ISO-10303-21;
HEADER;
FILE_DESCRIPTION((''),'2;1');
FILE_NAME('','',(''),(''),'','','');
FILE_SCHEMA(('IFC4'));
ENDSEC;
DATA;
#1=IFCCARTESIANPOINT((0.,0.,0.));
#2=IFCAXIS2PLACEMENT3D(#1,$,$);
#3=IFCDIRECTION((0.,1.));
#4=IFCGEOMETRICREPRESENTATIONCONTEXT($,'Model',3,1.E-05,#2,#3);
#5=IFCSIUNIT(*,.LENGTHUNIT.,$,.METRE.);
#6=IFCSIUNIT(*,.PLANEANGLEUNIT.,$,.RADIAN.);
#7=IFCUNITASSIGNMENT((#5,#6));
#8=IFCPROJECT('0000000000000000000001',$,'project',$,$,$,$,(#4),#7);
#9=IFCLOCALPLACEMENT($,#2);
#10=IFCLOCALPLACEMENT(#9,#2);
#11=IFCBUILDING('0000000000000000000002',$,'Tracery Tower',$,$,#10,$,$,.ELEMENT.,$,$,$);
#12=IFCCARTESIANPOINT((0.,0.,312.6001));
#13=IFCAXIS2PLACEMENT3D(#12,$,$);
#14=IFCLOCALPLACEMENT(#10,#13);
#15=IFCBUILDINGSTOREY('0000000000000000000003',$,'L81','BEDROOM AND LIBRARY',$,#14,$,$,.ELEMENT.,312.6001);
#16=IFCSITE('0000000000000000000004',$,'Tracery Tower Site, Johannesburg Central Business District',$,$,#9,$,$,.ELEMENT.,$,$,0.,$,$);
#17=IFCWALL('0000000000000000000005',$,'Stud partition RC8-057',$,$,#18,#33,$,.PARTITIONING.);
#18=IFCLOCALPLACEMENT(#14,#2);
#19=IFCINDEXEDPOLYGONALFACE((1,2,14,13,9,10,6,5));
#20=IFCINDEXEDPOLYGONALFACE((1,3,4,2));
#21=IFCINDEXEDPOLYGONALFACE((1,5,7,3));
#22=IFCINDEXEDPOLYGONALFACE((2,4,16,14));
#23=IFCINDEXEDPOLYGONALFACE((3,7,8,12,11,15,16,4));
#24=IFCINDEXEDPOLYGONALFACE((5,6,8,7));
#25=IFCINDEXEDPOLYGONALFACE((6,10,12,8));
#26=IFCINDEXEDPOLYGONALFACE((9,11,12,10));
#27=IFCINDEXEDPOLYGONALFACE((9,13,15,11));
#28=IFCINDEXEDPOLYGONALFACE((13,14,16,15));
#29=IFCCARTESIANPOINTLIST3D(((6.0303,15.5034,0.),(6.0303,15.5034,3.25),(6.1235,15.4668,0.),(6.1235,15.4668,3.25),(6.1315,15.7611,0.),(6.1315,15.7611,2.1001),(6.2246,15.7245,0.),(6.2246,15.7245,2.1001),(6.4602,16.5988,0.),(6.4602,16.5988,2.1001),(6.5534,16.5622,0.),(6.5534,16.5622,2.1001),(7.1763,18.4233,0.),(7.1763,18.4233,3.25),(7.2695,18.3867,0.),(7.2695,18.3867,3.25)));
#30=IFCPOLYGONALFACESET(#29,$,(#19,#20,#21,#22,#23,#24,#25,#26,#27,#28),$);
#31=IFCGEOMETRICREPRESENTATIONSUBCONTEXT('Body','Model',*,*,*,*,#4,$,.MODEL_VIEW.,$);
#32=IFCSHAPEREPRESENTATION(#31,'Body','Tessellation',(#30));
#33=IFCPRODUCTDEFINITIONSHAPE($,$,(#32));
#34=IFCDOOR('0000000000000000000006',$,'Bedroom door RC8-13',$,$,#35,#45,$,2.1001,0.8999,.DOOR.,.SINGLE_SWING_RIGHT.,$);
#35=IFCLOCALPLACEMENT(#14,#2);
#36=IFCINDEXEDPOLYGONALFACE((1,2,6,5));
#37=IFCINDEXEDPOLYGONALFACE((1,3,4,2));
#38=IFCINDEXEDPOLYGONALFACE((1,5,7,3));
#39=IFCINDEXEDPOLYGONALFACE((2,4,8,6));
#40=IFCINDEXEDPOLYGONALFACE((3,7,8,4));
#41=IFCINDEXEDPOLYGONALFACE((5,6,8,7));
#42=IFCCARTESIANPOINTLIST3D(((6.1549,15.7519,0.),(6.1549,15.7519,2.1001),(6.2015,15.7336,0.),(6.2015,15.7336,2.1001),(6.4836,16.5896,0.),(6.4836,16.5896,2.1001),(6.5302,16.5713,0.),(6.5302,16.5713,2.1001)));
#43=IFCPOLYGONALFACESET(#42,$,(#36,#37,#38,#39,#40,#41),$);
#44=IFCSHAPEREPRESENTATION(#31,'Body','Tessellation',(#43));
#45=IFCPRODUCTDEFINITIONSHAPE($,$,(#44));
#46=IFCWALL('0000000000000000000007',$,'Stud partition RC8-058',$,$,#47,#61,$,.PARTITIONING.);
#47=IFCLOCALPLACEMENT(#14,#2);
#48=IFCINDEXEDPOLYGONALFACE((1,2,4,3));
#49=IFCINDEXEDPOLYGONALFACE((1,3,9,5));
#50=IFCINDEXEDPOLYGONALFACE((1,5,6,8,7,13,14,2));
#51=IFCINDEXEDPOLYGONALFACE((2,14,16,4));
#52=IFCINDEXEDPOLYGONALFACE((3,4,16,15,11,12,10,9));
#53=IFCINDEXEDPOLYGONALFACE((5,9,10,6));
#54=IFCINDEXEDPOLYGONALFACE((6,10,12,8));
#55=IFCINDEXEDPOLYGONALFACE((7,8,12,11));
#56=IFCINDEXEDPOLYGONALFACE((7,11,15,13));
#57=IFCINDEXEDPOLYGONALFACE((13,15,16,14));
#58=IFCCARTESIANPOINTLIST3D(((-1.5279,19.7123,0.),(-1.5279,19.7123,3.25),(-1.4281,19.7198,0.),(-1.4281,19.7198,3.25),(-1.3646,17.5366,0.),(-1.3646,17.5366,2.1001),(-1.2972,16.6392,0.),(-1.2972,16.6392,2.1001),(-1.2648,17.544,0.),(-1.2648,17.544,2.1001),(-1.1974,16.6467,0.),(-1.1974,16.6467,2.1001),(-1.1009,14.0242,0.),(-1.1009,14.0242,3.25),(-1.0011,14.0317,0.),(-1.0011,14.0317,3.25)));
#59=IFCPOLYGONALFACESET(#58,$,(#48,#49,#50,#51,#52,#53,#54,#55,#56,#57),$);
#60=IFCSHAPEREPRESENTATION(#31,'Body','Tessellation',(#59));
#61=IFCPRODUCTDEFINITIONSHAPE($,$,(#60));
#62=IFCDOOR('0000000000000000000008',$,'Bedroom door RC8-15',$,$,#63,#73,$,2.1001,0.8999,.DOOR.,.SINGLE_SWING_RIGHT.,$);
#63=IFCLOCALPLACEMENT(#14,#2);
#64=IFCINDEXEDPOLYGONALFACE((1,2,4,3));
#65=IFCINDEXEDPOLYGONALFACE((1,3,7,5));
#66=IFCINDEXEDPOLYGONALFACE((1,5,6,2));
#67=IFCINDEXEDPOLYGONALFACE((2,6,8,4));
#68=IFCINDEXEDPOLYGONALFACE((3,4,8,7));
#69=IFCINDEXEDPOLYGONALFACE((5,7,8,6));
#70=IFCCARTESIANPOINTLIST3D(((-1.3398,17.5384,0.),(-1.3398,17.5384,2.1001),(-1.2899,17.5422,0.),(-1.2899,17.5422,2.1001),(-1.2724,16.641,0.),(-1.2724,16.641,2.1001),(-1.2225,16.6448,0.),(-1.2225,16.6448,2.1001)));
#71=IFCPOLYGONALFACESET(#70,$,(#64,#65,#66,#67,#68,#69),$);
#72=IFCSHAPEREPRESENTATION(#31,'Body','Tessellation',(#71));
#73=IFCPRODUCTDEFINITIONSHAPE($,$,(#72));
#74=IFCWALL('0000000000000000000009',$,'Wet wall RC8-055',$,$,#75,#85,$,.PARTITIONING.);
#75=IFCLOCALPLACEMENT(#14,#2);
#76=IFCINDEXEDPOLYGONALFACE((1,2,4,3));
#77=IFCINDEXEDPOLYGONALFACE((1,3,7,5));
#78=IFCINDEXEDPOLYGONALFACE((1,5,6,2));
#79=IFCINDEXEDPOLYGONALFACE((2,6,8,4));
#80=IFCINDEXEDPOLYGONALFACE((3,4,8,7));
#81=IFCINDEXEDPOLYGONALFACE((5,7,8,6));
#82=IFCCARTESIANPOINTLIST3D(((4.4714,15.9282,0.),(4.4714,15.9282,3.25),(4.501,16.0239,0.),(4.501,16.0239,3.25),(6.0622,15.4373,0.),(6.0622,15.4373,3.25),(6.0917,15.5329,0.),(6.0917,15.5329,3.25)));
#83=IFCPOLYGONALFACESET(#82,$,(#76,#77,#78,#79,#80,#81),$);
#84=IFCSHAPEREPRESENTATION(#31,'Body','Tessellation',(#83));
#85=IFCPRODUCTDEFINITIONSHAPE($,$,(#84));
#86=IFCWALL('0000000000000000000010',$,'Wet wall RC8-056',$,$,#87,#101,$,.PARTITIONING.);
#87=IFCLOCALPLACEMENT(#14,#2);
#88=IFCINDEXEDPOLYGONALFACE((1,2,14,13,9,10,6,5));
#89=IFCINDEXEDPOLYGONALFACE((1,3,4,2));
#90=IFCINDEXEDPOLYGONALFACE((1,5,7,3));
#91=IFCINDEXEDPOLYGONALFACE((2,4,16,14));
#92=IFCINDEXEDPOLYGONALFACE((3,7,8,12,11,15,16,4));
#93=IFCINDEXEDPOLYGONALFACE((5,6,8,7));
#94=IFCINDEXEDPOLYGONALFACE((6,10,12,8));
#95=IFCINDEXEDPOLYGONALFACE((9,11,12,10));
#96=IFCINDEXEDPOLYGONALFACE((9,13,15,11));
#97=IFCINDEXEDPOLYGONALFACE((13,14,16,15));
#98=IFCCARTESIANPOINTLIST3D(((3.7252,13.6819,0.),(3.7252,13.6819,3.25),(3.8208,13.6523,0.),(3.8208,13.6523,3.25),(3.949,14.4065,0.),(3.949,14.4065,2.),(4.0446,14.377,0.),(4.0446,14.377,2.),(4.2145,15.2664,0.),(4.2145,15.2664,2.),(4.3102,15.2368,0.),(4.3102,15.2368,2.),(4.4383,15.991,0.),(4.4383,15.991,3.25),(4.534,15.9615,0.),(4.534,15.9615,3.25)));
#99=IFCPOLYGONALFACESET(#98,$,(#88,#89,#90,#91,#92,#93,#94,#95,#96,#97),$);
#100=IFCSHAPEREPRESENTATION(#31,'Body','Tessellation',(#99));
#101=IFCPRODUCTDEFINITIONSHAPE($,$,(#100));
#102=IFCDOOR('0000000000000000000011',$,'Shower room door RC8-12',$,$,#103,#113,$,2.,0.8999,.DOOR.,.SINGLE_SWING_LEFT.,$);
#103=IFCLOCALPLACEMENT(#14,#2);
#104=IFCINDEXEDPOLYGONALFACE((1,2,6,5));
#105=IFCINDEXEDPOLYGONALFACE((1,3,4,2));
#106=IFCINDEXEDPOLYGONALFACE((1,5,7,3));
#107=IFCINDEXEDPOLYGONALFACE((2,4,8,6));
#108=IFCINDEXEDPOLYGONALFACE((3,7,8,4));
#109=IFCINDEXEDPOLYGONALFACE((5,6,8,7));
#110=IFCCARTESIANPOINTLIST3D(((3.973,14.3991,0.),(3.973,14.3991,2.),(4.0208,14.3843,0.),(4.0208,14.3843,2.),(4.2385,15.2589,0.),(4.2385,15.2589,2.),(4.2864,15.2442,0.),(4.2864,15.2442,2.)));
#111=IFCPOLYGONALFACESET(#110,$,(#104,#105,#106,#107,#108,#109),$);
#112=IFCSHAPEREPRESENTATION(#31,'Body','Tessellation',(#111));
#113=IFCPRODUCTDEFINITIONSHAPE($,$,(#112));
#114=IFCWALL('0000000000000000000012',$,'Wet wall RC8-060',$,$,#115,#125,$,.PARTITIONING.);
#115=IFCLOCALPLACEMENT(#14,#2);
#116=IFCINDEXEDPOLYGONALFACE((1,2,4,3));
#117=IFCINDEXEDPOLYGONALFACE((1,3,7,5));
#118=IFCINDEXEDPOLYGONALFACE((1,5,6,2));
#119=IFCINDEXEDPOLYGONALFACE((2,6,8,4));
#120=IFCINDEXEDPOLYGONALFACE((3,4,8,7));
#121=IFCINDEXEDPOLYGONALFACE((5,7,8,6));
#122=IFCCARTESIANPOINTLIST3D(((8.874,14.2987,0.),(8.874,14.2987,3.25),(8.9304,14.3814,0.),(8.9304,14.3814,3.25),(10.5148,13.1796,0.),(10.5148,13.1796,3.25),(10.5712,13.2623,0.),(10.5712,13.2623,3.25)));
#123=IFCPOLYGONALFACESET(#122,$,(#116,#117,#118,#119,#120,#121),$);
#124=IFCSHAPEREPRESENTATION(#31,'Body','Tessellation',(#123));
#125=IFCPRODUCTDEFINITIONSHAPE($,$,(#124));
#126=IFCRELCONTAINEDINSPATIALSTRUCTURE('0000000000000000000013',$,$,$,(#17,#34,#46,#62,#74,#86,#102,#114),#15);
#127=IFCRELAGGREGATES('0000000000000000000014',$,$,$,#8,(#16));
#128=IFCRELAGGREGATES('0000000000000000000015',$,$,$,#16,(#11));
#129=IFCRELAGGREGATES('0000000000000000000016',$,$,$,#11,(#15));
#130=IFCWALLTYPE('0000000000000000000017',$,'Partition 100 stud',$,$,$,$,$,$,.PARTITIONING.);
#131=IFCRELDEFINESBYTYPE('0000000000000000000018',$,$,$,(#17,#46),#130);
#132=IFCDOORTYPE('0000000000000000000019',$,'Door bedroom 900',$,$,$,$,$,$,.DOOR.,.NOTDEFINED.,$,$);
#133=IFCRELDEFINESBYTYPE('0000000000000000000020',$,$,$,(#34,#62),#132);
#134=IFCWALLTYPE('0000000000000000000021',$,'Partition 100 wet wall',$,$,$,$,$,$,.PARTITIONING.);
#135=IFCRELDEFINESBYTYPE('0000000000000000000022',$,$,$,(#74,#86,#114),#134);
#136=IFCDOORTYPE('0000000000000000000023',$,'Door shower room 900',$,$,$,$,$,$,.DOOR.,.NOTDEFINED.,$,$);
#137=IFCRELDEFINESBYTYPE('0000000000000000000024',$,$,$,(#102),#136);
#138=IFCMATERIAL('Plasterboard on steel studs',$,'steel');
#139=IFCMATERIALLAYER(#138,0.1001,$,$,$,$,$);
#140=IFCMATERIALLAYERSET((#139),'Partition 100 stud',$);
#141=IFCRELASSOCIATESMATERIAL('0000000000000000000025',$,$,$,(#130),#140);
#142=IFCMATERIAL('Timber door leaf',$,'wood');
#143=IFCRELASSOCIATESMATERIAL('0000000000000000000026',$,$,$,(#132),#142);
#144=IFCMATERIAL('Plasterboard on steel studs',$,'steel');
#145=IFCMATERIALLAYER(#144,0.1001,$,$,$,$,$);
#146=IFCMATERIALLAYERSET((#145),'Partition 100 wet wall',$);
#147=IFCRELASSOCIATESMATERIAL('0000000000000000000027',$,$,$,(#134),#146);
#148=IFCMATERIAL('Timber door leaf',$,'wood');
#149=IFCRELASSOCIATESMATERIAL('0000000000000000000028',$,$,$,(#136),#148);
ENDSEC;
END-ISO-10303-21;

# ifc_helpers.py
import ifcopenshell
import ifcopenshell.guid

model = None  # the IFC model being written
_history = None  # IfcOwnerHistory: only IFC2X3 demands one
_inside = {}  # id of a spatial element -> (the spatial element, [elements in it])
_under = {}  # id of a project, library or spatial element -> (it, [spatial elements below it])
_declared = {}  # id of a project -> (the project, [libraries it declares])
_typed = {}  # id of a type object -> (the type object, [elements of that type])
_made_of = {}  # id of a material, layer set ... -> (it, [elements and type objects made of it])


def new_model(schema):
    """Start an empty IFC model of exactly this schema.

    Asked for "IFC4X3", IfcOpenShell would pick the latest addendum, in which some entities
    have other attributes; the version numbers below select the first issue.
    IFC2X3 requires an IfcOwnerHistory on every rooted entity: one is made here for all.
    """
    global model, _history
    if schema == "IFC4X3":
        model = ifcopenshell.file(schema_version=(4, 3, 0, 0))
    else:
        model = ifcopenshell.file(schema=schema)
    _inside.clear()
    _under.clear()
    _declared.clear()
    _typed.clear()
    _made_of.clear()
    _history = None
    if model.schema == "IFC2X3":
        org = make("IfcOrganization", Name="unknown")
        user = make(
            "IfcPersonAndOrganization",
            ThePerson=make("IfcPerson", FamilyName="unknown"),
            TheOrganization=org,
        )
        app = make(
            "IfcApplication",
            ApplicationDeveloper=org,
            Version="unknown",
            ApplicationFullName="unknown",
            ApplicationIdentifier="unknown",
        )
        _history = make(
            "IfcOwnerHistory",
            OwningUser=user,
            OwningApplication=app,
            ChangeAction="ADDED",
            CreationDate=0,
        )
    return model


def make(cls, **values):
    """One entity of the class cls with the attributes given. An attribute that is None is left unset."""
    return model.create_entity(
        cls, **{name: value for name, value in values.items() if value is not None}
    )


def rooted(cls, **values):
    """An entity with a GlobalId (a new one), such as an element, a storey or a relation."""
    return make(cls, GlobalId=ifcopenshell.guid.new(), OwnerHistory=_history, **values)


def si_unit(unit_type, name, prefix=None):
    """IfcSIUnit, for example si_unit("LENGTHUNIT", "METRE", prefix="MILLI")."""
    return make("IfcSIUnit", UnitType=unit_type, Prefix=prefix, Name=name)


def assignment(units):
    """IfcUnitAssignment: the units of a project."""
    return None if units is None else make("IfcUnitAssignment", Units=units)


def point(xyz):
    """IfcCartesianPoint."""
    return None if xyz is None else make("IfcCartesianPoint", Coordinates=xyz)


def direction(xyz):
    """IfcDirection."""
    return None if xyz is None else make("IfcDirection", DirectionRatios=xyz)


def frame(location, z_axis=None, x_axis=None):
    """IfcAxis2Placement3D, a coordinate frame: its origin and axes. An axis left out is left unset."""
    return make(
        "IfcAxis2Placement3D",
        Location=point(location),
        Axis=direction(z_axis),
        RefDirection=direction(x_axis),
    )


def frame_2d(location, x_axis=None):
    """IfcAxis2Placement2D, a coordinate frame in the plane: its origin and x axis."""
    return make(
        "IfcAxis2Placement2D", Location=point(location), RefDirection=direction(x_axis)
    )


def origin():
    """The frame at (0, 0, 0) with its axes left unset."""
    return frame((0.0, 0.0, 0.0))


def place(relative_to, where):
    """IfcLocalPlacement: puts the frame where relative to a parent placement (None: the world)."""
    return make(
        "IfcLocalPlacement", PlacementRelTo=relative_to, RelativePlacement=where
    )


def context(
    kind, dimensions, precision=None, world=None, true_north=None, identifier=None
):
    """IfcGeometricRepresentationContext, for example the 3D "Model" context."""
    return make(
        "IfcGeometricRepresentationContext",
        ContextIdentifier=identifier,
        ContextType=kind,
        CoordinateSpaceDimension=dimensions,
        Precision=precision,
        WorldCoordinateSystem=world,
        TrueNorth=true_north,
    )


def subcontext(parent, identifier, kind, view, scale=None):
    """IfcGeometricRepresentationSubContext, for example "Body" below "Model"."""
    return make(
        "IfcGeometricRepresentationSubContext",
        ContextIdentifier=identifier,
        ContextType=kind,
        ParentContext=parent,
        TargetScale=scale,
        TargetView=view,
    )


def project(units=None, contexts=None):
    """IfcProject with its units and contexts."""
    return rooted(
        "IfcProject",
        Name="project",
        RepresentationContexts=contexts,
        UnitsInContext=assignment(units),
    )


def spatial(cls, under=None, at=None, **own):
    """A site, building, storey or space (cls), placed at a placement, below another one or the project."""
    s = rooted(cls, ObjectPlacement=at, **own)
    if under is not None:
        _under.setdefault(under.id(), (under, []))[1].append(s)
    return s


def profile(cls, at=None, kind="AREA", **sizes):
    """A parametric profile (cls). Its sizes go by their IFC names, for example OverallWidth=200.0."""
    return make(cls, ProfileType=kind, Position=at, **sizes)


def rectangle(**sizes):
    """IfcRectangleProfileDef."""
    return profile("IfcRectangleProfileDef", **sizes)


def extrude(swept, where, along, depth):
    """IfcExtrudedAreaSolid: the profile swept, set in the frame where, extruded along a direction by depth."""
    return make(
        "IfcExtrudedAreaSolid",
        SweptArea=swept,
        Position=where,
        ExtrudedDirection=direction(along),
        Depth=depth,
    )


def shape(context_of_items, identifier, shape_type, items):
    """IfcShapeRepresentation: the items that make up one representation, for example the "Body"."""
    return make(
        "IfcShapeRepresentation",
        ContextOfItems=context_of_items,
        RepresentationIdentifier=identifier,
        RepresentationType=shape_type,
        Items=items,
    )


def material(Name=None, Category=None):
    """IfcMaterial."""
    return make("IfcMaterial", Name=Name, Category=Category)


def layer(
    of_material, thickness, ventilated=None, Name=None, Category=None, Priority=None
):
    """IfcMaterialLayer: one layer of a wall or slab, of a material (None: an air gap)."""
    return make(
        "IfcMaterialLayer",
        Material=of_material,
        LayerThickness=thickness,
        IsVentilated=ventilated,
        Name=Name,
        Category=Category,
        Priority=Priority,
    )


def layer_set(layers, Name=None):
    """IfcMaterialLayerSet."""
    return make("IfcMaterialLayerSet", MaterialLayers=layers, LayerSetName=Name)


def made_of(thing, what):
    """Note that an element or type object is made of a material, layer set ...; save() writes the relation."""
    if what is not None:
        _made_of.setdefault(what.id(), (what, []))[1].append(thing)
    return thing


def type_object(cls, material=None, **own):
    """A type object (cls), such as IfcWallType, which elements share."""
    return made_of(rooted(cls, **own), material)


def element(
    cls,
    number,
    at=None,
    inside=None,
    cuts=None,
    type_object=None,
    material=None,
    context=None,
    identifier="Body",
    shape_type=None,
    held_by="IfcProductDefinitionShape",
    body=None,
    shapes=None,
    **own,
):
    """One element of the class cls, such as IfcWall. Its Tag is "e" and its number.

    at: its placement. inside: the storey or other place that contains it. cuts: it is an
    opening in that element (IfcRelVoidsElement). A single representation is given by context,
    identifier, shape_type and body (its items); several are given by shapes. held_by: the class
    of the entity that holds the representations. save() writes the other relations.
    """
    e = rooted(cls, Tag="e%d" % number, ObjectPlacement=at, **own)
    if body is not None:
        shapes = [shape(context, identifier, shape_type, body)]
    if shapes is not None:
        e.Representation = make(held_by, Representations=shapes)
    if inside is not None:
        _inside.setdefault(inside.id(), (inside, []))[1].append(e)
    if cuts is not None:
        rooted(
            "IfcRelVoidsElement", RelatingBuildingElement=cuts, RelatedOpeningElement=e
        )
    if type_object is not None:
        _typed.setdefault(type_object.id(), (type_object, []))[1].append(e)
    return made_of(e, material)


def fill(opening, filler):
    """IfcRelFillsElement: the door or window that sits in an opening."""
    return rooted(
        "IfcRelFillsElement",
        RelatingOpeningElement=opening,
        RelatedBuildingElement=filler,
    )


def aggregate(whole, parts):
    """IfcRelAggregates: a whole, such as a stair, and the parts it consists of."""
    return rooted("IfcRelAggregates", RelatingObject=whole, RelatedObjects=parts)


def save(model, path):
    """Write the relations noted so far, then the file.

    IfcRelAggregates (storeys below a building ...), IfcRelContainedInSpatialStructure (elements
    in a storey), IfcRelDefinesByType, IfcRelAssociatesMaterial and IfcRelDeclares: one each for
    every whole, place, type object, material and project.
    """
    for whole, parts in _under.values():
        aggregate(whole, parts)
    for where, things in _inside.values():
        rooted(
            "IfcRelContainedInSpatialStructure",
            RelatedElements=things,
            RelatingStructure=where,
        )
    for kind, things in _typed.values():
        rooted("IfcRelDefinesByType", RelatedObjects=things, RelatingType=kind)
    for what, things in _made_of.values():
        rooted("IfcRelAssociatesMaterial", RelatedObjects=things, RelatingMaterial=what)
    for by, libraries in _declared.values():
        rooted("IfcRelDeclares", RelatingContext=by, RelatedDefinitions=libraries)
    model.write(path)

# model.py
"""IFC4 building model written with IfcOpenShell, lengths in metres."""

from ifc_helpers import new_model, si_unit, direction, frame, frame_2d, origin, place, context, subcontext, project, spatial, rectangle, extrude, material, layer, layer_set, type_object, element, fill, save


model = new_model("IFC4")

# Units and contexts
model_context = context("Model", 3, precision=1e-05, world=origin(), true_north=direction((0.0, 1.0)))
body_context = subcontext(model_context, "Body", "Model", "MODEL_VIEW")
ifc_project = project(units=[si_unit("LENGTHUNIT", "METRE"), si_unit("PLANEANGLEUNIT", "RADIAN")], contexts=[model_context])

# Site, building, storey
site_placement = place(None, origin())
site = spatial("IfcSite", under=ifc_project, at=site_placement, Name="Tracery Tower Site, Johannesburg Central Business District", CompositionType="ELEMENT", RefElevation=0.0)
building_placement = place(site_placement, origin())
building = spatial("IfcBuilding", under=site, at=building_placement, Name="Tracery Tower", CompositionType="ELEMENT")
storey_placement = place(building_placement, frame((0.0, 0.0, 312.6001)))
storey = spatial("IfcBuildingStorey", under=building, at=storey_placement, Name="L81", Description="BEDROOM AND LIBRARY", CompositionType="ELEMENT", Elevation=312.6001)

# Walls, openings, doors
ifc_material_1 = material(Name="Plasterboard on steel studs", Category="steel")
ifc_layer_1 = layer(ifc_material_1, 0.1001)
ifc_layer_set_1 = layer_set([ifc_layer_1], Name="Partition 100 stud")
wall_type_1 = type_object("IfcWallType", Name="Partition 100 stud", PredefinedType="PARTITIONING", material=ifc_layer_set_1)
wall_1_placement = place(storey_placement, frame((6.0769, 15.4851, 0.0), z_axis=(0.0, 0.0, 1.0), x_axis=(0.365344, 0.930873, 0.0)))
wall_1 = element("IfcWall", 1, at=wall_1_placement, inside=storey, type_object=wall_type_1, Name="Stud partition RC8-057", PredefinedType="PARTITIONING", context=body_context, shape_type="SweptSolid", body=[
    extrude(rectangle(XDim=3.1367, YDim=0.1001, at=frame_2d((1.5684, 0.0))), origin(), (0.0, 0.0, 1.0), 3.25),
])
opening_1_placement = place(wall_1_placement, frame((0.2769, 0.0, 0.0)))
opening_1 = element("IfcOpeningElement", 2, at=opening_1_placement, cuts=wall_1, PredefinedType="OPENING", context=body_context, shape_type="SweptSolid", body=[
    extrude(rectangle(XDim=0.8999, YDim=2.1001, at=frame_2d((0.45, 1.05))), frame((0.0, 0.05, 0.0), z_axis=(0.0, -1.0, 0.0), x_axis=(1.0, 0.0, 0.0)), (0.0, 0.0, 1.0), 0.1001),
])
ifc_material_2 = material(Name="Timber door leaf", Category="wood")
door_type_1 = type_object("IfcDoorType", Name="Door bedroom 900", OperationType="NOTDEFINED", PredefinedType="DOOR", material=ifc_material_2)
door_1_placement = place(opening_1_placement, origin())
door_1 = element("IfcDoor", 3, at=door_1_placement, inside=storey, type_object=door_type_1, Name="Bedroom door RC8-13", OperationType="SINGLE_SWING_RIGHT", OverallHeight=2.1001, OverallWidth=0.8999, PredefinedType="DOOR", context=body_context, shape_type="SweptSolid", body=[
    extrude(rectangle(XDim=0.8999, YDim=2.1001, at=frame_2d((0.45, 1.05))), frame((0.0, 0.0249, 0.0), z_axis=(0.0, -1.0, 0.0), x_axis=(1.0, 0.0, 0.0)), (0.0, 0.0, 1.0), 0.05),
])
fill(opening_1, door_1)
wall_2_placement = place(storey_placement, frame((-1.478, 19.7161, 0.0), z_axis=(0.0, 0.0, 1.0), x_axis=(0.07486, -0.997194, 0.0)))
wall_2 = element("IfcWall", 4, at=wall_2_placement, inside=storey, type_object=wall_type_1, Name="Stud partition RC8-058", PredefinedType="PARTITIONING", context=body_context, shape_type="SweptSolid", body=[
    extrude(rectangle(XDim=5.7041, YDim=0.1001, at=frame_2d((2.8521, 0.0))), origin(), (0.0, 0.0, 1.0), 3.25),
])
opening_2_placement = place(wall_2_placement, frame((2.1819, 0.0, 0.0)))
opening_2 = element("IfcOpeningElement", 5, at=opening_2_placement, cuts=wall_2, PredefinedType="OPENING", context=body_context, shape_type="SweptSolid", body=[
    extrude(rectangle(XDim=0.8999, YDim=2.1001, at=frame_2d((0.45, 1.05))), frame((0.0, 0.05, 0.0), z_axis=(0.0, -1.0, 0.0), x_axis=(1.0, 0.0, 0.0)), (0.0, 0.0, 1.0), 0.1001),
])
door_2_placement = place(opening_2_placement, origin())
door_2 = element("IfcDoor", 6, at=door_2_placement, inside=storey, type_object=door_type_1, Name="Bedroom door RC8-15", OperationType="SINGLE_SWING_RIGHT", OverallHeight=2.1001, OverallWidth=0.8999, PredefinedType="DOOR", context=body_context, shape_type="SweptSolid", body=[
    extrude(rectangle(XDim=0.8999, YDim=2.1001, at=frame_2d((0.45, 1.05))), frame((0.0, 0.0249, 0.0), z_axis=(0.0, -1.0, 0.0), x_axis=(1.0, 0.0, 0.0)), (0.0, 0.0, 1.0), 0.05),
])
fill(opening_2, door_2)

# Wall
ifc_material_3 = material(Name="Plasterboard on steel studs", Category="steel")
ifc_layer_2 = layer(ifc_material_3, 0.1001)
ifc_layer_set_2 = layer_set([ifc_layer_2], Name="Partition 100 wet wall")
wall_type_2 = type_object("IfcWallType", Name="Partition 100 wet wall", PredefinedType="PARTITIONING", material=ifc_layer_set_2)
wall_3_placement = place(storey_placement, frame((4.4861, 15.9761, 0.0), z_axis=(0.0, 0.0, 1.0), x_axis=(0.955528, -0.2949, 0.0)))
element("IfcWall", 7, at=wall_3_placement, inside=storey, type_object=wall_type_2, Name="Wet wall RC8-055", PredefinedType="PARTITIONING", context=body_context, shape_type="SweptSolid", body=[
    extrude(rectangle(XDim=1.6648, YDim=0.1001, at=frame_2d((0.8325, 0.0))), origin(), (0.0, 0.0, 1.0), 3.25),
])

# Wall, opening, door
wall_4_placement = place(storey_placement, frame((3.7729, 13.667, 0.0), z_axis=(0.0, 0.0, 1.0), x_axis=(0.295087, 0.955471, 0.0)))
wall_4 = element("IfcWall", 8, at=wall_4_placement, inside=storey, type_object=wall_type_2, Name="Wet wall RC8-056", PredefinedType="PARTITIONING", context=body_context, shape_type="SweptSolid", body=[
    extrude(rectangle(XDim=2.4167, YDim=0.1001, at=frame_2d((1.2085, 0.0))), origin(), (0.0, 0.0, 1.0), 3.25),
])
opening_3_placement = place(wall_4_placement, frame((0.7585, 0.0, 0.0)))
opening_3 = element("IfcOpeningElement", 9, at=opening_3_placement, cuts=wall_4, PredefinedType="OPENING", context=body_context, shape_type="SweptSolid", body=[
    extrude(rectangle(XDim=0.8999, YDim=2.0, at=frame_2d((0.45, 1.0))), frame((0.0, 0.05, 0.0), z_axis=(0.0, -1.0, 0.0), x_axis=(1.0, 0.0, 0.0)), (0.0, 0.0, 1.0), 0.1001),
])
ifc_material_4 = material(Name="Timber door leaf", Category="wood")
door_type_2 = type_object("IfcDoorType", Name="Door shower room 900", OperationType="NOTDEFINED", PredefinedType="DOOR", material=ifc_material_4)
door_3_placement = place(opening_3_placement, origin())
door_3 = element("IfcDoor", 10, at=door_3_placement, inside=storey, type_object=door_type_2, Name="Shower room door RC8-12", OperationType="SINGLE_SWING_LEFT", OverallHeight=2.0, OverallWidth=0.8999, PredefinedType="DOOR", context=body_context, shape_type="SweptSolid", body=[
    extrude(rectangle(XDim=0.8999, YDim=2.0, at=frame_2d((0.45, 1.0))), frame((0.0, 0.0249, 0.0), z_axis=(0.0, -1.0, 0.0), x_axis=(1.0, 0.0, 0.0)), (0.0, 0.0, 1.0), 0.05),
])
fill(opening_3, door_3)

# Wall
wall_5_placement = place(storey_placement, frame((8.9021, 14.3401, 0.0), z_axis=(0.0, 0.0, 1.0), x_axis=(0.826142, -0.563463, 0.0)))
element("IfcWall", 11, at=wall_5_placement, inside=storey, type_object=wall_type_2, Name="Wet wall RC8-060", PredefinedType="PARTITIONING", context=body_context, shape_type="SweptSolid", body=[
    extrude(rectangle(XDim=1.9861, YDim=0.1001, at=frame_2d((0.9932, 0.0))), origin(), (0.0, 0.0, 1.0), 3.25),
])

save(model, "model.ifc")
